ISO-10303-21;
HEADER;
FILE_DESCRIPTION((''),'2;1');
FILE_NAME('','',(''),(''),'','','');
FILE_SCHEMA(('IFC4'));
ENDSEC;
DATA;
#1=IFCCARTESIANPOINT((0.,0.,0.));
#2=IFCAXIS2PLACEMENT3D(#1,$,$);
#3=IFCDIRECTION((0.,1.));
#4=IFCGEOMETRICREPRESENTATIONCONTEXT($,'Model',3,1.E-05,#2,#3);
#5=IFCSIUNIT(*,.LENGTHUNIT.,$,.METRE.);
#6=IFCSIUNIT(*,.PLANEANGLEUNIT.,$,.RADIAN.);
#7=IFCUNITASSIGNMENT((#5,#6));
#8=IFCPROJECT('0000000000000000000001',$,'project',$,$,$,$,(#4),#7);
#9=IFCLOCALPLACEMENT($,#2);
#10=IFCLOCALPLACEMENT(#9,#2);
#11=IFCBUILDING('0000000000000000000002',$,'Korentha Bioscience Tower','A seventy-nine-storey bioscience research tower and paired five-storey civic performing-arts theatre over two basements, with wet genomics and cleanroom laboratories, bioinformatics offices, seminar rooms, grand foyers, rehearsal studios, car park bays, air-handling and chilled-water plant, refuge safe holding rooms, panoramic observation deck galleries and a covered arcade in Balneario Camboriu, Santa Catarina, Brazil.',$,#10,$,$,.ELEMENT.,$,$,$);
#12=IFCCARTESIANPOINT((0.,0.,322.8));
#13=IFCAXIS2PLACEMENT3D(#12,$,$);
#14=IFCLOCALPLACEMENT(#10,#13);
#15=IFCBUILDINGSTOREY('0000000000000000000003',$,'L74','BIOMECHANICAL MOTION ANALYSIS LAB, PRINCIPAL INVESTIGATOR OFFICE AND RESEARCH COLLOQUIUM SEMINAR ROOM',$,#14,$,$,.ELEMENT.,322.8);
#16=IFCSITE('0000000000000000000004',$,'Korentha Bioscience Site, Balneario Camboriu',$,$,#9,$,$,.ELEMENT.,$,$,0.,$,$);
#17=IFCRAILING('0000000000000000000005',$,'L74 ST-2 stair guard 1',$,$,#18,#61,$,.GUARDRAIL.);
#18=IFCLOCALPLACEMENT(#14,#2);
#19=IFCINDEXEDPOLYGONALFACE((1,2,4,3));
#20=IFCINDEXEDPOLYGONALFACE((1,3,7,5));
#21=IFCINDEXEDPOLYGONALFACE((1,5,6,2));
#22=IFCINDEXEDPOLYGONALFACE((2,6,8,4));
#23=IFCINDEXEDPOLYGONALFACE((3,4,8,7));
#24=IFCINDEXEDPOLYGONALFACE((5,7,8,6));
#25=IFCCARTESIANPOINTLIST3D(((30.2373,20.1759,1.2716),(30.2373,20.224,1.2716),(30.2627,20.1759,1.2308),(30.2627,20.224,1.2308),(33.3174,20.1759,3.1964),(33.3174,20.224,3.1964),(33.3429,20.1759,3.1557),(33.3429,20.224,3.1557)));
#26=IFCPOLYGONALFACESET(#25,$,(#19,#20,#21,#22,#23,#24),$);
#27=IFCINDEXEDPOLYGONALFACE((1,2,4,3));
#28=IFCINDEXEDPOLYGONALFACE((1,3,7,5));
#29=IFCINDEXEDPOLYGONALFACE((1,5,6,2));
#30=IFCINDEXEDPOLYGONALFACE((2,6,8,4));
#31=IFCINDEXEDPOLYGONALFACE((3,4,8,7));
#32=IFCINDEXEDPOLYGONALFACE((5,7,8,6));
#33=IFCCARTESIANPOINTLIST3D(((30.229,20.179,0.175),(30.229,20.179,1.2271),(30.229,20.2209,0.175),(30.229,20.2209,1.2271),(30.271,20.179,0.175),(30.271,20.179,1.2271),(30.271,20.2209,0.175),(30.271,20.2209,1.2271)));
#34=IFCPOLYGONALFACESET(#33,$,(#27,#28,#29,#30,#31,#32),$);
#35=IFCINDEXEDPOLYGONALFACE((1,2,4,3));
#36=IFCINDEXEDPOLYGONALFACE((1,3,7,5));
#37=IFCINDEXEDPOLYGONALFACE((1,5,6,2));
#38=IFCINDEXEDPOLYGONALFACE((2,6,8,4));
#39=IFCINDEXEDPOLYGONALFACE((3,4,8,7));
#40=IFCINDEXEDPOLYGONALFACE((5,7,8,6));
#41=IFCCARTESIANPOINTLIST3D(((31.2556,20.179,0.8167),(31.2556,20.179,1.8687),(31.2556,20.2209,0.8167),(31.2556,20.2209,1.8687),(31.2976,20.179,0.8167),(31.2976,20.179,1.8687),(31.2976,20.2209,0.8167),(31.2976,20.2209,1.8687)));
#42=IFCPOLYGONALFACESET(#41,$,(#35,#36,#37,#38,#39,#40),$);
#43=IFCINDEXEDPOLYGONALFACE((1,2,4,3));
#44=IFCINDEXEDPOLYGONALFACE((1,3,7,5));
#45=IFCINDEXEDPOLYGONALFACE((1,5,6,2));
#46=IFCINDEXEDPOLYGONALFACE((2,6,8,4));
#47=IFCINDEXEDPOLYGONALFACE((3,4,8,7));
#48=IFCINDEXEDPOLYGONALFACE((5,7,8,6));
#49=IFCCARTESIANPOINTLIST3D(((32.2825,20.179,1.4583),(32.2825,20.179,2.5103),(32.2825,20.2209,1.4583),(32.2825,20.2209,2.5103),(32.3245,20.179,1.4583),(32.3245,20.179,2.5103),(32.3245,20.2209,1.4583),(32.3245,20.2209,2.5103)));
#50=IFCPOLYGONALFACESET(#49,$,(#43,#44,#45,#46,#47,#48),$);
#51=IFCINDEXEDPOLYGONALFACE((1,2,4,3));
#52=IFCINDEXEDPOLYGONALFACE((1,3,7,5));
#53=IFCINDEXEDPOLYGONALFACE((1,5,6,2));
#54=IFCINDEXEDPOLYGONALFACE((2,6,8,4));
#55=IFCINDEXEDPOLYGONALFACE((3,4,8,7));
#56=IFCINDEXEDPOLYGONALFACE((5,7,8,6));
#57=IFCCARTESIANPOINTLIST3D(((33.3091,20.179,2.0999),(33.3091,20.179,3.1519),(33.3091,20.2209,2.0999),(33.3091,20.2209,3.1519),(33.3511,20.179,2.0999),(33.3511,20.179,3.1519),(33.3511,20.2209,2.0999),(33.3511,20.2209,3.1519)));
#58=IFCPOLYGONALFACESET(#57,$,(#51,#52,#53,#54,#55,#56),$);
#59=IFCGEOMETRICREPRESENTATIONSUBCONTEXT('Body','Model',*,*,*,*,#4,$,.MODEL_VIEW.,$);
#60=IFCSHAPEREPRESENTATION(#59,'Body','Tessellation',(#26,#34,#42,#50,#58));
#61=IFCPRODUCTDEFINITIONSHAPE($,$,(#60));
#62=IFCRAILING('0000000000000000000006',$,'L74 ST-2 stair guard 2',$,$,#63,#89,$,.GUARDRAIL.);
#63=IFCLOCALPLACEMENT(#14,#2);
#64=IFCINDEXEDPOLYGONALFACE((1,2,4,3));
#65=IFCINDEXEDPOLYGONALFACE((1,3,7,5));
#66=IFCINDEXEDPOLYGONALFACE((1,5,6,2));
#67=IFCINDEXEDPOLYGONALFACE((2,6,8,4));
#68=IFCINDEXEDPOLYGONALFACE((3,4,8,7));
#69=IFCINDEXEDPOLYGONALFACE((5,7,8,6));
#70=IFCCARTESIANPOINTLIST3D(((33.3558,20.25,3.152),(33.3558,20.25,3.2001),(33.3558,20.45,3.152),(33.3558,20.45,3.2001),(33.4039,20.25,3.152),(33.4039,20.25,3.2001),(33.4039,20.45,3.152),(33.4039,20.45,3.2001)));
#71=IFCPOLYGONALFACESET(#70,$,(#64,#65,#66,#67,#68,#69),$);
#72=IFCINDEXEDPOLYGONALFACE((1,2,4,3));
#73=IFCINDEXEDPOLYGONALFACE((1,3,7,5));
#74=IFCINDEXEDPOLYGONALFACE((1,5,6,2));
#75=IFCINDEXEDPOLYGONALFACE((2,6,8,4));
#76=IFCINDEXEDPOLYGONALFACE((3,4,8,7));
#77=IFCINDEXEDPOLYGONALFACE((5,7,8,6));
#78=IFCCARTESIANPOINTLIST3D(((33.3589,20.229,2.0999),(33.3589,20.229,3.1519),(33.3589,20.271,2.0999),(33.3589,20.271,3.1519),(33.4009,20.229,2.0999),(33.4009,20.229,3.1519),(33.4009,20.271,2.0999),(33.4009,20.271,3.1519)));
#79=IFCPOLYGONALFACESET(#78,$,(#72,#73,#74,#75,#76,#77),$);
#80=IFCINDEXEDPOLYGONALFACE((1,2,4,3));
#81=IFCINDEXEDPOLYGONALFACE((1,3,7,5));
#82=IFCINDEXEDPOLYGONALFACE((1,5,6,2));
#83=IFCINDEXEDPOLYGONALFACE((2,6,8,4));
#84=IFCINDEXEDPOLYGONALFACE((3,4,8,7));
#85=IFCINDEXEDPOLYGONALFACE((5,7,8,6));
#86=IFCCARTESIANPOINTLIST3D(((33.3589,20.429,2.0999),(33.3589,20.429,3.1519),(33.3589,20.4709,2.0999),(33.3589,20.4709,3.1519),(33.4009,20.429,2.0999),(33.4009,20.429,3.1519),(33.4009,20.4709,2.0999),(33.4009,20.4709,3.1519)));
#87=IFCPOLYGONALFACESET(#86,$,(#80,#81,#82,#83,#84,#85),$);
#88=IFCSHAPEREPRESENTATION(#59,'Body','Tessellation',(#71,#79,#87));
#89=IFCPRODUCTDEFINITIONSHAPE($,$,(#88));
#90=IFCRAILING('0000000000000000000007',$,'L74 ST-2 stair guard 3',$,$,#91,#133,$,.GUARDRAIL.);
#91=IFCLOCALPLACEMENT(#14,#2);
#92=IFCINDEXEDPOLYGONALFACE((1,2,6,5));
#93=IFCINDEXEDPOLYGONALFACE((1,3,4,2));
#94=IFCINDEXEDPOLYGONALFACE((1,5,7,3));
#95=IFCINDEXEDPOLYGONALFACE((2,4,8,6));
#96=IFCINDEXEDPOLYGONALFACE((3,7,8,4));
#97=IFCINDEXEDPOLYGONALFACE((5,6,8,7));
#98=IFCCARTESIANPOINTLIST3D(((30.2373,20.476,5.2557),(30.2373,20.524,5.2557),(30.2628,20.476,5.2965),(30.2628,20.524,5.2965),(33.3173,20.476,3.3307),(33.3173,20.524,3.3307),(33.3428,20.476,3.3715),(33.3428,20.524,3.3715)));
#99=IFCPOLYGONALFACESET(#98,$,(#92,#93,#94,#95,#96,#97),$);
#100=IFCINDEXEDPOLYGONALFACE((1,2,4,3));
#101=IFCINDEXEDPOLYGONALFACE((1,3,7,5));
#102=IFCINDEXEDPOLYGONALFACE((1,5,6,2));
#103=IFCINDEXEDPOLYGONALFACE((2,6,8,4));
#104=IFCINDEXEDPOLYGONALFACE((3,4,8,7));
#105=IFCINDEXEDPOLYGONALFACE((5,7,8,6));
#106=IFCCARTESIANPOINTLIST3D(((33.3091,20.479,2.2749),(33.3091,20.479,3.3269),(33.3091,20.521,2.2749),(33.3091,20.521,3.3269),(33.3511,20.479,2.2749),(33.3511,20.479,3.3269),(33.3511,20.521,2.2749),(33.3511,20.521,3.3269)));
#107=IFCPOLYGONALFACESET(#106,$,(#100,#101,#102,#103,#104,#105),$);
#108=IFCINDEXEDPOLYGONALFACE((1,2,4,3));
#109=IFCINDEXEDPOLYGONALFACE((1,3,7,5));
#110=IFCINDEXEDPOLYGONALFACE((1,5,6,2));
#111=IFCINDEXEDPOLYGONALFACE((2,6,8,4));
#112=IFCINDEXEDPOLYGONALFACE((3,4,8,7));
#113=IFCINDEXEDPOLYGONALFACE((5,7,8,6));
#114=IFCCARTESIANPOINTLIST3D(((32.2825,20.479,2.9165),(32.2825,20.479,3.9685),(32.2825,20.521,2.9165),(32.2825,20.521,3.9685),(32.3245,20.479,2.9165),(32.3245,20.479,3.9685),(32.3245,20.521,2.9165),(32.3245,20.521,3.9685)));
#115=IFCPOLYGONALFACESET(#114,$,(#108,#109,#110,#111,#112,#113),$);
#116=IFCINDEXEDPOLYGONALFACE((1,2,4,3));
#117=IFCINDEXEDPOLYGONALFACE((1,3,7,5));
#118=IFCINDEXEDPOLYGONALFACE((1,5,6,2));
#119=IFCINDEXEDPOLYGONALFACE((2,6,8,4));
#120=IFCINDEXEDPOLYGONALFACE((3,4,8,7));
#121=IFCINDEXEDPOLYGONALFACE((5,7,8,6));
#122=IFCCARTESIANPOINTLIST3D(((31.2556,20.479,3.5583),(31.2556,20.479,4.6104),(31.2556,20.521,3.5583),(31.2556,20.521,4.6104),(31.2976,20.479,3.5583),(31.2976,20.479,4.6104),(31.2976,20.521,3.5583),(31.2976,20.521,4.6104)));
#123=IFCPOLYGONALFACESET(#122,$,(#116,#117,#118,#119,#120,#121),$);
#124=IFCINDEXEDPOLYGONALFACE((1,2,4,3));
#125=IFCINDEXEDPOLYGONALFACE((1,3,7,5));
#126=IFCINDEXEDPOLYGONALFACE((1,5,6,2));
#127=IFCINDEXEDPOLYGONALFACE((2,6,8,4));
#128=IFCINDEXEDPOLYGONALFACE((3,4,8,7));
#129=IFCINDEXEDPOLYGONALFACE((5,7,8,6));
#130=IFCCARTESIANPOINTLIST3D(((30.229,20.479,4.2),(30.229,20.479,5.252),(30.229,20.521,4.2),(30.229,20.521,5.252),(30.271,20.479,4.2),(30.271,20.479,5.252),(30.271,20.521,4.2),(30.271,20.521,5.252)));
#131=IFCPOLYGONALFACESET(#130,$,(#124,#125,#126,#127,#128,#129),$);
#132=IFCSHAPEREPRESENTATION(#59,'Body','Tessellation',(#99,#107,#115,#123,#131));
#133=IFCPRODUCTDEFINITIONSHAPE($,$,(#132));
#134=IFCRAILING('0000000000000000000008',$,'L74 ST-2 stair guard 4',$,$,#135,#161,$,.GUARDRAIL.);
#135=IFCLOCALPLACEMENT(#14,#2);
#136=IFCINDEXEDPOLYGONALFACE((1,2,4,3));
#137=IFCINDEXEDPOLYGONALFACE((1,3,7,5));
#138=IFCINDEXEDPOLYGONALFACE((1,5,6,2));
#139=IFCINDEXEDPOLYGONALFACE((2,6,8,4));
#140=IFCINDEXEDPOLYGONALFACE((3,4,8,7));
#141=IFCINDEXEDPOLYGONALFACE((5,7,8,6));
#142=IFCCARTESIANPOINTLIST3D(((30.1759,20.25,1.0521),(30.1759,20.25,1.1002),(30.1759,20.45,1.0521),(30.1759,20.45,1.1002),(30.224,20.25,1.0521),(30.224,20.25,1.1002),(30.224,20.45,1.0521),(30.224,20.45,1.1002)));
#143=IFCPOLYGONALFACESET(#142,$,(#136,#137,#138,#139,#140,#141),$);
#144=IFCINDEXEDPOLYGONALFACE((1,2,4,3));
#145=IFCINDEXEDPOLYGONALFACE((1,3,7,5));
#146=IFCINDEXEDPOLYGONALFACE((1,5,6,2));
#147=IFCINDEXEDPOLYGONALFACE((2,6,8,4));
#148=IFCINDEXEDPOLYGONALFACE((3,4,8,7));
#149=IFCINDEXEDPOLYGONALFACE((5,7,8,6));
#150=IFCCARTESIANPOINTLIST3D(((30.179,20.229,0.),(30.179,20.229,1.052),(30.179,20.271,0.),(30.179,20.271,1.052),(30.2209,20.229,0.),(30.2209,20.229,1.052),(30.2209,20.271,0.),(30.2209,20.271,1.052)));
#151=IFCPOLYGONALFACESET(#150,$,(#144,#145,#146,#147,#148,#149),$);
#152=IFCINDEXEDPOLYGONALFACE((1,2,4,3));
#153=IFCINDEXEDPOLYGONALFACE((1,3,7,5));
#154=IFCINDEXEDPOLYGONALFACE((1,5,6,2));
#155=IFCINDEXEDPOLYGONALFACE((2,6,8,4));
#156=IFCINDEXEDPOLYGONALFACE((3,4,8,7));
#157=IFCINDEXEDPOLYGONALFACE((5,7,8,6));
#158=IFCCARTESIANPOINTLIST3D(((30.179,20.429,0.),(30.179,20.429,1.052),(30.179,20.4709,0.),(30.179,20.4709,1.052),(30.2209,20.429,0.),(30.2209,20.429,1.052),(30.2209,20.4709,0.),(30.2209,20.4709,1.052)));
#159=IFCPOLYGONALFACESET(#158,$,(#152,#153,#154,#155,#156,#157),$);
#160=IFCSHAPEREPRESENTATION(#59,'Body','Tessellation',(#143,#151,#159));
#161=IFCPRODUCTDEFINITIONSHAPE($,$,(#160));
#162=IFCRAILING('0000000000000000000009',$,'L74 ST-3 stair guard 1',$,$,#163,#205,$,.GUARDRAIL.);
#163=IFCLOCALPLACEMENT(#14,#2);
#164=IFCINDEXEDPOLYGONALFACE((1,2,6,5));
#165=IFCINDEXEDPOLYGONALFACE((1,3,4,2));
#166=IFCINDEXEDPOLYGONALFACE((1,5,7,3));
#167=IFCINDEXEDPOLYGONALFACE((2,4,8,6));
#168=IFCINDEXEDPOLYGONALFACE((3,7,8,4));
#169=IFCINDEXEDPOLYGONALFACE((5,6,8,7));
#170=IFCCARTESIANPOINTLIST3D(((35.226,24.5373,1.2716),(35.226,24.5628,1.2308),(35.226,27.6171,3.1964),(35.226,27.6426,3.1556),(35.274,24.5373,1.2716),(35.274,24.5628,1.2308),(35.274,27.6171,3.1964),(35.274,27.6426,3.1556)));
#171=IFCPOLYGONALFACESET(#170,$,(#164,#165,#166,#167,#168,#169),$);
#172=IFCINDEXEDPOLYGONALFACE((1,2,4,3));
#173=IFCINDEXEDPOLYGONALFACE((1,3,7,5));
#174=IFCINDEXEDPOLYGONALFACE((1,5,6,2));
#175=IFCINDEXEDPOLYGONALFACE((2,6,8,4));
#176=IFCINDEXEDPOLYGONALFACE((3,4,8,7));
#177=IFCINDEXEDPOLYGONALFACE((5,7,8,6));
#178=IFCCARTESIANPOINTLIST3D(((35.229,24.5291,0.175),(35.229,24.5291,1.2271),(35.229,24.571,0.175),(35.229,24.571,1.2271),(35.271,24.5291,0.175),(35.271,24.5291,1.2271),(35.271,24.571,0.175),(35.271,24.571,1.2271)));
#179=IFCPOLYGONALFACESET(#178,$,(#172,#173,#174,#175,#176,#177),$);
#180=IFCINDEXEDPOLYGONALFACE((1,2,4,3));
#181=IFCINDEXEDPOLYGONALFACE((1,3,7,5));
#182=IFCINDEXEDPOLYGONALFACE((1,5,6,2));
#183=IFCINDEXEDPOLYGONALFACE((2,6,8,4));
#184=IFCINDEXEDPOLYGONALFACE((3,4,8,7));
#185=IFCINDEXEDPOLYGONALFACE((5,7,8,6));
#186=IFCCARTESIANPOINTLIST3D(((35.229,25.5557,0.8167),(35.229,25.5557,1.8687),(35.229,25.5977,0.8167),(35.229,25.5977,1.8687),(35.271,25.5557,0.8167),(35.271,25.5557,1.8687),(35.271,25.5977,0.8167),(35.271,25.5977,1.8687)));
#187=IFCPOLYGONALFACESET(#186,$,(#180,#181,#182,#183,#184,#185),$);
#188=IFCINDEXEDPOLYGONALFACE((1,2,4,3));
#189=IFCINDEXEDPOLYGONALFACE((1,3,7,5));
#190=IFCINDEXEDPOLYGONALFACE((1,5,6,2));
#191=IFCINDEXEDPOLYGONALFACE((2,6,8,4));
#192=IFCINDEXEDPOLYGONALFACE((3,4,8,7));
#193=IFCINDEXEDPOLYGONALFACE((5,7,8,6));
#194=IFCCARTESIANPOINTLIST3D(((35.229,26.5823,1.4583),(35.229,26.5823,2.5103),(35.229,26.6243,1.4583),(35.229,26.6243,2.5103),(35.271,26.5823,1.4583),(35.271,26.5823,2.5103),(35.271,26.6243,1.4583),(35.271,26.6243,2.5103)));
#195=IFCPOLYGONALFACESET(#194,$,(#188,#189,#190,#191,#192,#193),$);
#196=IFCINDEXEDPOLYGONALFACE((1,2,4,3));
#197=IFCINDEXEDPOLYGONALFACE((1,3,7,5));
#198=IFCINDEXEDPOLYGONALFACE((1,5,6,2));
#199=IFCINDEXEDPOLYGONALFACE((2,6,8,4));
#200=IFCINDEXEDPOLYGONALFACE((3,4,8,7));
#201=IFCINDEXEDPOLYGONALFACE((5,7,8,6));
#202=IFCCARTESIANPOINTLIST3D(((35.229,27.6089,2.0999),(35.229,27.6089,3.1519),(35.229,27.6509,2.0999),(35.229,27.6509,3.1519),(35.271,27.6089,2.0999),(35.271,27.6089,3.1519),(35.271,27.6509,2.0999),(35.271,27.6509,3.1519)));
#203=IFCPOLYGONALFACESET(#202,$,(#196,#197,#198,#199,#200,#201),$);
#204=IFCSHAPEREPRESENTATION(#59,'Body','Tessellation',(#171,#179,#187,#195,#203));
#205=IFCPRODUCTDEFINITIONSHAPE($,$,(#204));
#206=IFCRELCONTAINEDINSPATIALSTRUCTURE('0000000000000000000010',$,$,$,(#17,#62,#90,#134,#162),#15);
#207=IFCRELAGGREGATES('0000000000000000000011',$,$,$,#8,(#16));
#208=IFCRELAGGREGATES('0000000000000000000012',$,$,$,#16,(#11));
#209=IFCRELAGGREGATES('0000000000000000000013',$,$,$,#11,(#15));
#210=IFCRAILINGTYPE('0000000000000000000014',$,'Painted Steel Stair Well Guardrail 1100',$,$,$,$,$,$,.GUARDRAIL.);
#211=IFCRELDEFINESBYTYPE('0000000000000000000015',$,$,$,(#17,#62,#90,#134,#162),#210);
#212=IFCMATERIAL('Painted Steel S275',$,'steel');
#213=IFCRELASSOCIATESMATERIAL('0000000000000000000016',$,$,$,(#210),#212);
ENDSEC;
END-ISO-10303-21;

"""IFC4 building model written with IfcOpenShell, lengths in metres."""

from ifc_helpers import new_model, si_unit, direction, frame, origin, origin_2d, place, context, subcontext, project, spatial, rectangle, extrude, material, type_object, element, save


model = new_model("IFC4")

# Units and contexts
model_context = context("Model", 3, precision=1e-05, world=origin(), true_north=direction((0.0, 1.0)))
body_context = subcontext(model_context, "Body", "Model", "MODEL_VIEW")
ifc_project = project(units=[si_unit("LENGTHUNIT", "METRE"), si_unit("PLANEANGLEUNIT", "RADIAN")], contexts=[model_context])

# Site, building, storey
site_placement = place(None, origin())
site = spatial("IfcSite", under=ifc_project, at=site_placement, Name="Korentha Bioscience Site, Balneario Camboriu", CompositionType="ELEMENT", RefElevation=0.0)
building_placement = place(site_placement, origin())
building = spatial("IfcBuilding", under=site, at=building_placement, Name="Korentha Bioscience Tower", Description="A seventy-nine-storey bioscience research tower and paired five-storey civic performing-arts theatre over two basements, with wet genomics and cleanroom laboratories, bioinformatics offices, seminar rooms, grand foyers, rehearsal studios, car park bays, air-handling and chilled-water plant, refuge safe holding rooms, panoramic observation deck galleries and a covered arcade in Balneario Camboriu, Santa Catarina, Brazil.", CompositionType="ELEMENT")
storey_placement = place(building_placement, frame((0.0, 0.0, 322.8)))
storey = spatial("IfcBuildingStorey", under=building, at=storey_placement, Name="L74", Description="BIOMECHANICAL MOTION ANALYSIS LAB, PRINCIPAL INVESTIGATOR OFFICE AND RESEARCH COLLOQUIUM SEMINAR ROOM", CompositionType="ELEMENT", Elevation=322.8)

# Railings
ifc_material_1 = material(Name="Painted Steel S275", Category="steel")
railing_type_1 = type_object("IfcRailingType", Name="Painted Steel Stair Well Guardrail 1100", PredefinedType="GUARDRAIL", material=ifc_material_1)
railing_1_placement = place(storey_placement, frame((30.25, 20.2, 0.175)))
element("IfcRailing", 1, at=railing_1_placement, inside=storey, type_object=railing_type_1, Name="L74 ST-2 stair guard 1", PredefinedType="GUARDRAIL", context=body_context, shape_type="SweptSolid", body=[
    extrude(rectangle(XDim=0.0481, YDim=0.0481, at=origin_2d()), frame((0.0, 0.0, 1.0762), z_axis=(0.848029, 0.0, 0.529951), x_axis=(0.0, 1.0, 0.0)), (0.0, 0.0, 1.0), 3.6321),
    extrude(rectangle(XDim=0.042, YDim=0.042, at=origin_2d()), origin(), (0.0, 0.0, 1.0), 1.052),
    extrude(rectangle(XDim=0.042, YDim=0.042, at=origin_2d()), frame((1.0266, 0.0, 0.6416)), (0.0, 0.0, 1.0), 1.052),
    extrude(rectangle(XDim=0.042, YDim=0.042, at=origin_2d()), frame((2.0535, 0.0, 1.2832)), (0.0, 0.0, 1.0), 1.052),
    extrude(rectangle(XDim=0.042, YDim=0.042, at=origin_2d()), frame((3.0801, 0.0, 1.9248)), (0.0, 0.0, 1.0), 1.052),
])
railing_2_placement = place(storey_placement, frame((33.3799, 20.25, 2.0999)))
element("IfcRailing", 2, at=railing_2_placement, inside=storey, type_object=railing_type_1, Name="L74 ST-2 stair guard 2", PredefinedType="GUARDRAIL", context=body_context, shape_type="SweptSolid", body=[
    extrude(rectangle(XDim=0.0481, YDim=0.0481, at=origin_2d()), frame((0.0, 0.0, 1.0762), z_axis=(0.0, 1.0, 0.0), x_axis=(-1.0, 0.0, 0.0)), (0.0, 0.0, 1.0), 0.2),
    extrude(rectangle(XDim=0.042, YDim=0.042, at=origin_2d()), origin(), (0.0, 0.0, 1.0), 1.052),
    extrude(rectangle(XDim=0.042, YDim=0.042, at=origin_2d()), frame((0.0, 0.2, 0.0)), (0.0, 0.0, 1.0), 1.052),
])
railing_3_placement = place(storey_placement, frame((33.3301, 20.5, 2.2749)))
element("IfcRailing", 3, at=railing_3_placement, inside=storey, type_object=railing_type_1, Name="L74 ST-2 stair guard 3", PredefinedType="GUARDRAIL", context=body_context, shape_type="SweptSolid", body=[
    extrude(rectangle(XDim=0.0481, YDim=0.0481, at=origin_2d()), frame((0.0, 0.0, 1.0762), z_axis=(-0.847998, 0.0, 0.529999), x_axis=(0.0, -1.0, 0.0)), (0.0, 0.0, 1.0), 3.6321),
    extrude(rectangle(XDim=0.042, YDim=0.042, at=origin_2d()), origin(), (0.0, 0.0, 1.0), 1.052),
    extrude(rectangle(XDim=0.042, YDim=0.042, at=origin_2d()), frame((-1.0266, 0.0, 0.6416)), (0.0, 0.0, 1.0), 1.052),
    extrude(rectangle(XDim=0.042, YDim=0.042, at=origin_2d()), frame((-2.0535, 0.0, 1.2834)), (0.0, 0.0, 1.0), 1.052),
    extrude(rectangle(XDim=0.042, YDim=0.042, at=origin_2d()), frame((-3.0801, 0.0, 1.925)), (0.0, 0.0, 1.0), 1.052),
])
railing_4_placement = place(storey_placement, frame((30.2, 20.25, 0.0)))
element("IfcRailing", 4, at=railing_4_placement, inside=storey, type_object=railing_type_1, Name="L74 ST-2 stair guard 4", PredefinedType="GUARDRAIL", context=body_context, shape_type="SweptSolid", body=[
    extrude(rectangle(XDim=0.0481, YDim=0.0481, at=origin_2d()), frame((0.0, 0.0, 1.0762), z_axis=(0.0, 1.0, 0.0), x_axis=(-1.0, 0.0, 0.0)), (0.0, 0.0, 1.0), 0.2),
    extrude(rectangle(XDim=0.042, YDim=0.042, at=origin_2d()), origin(), (0.0, 0.0, 1.0), 1.052),
    extrude(rectangle(XDim=0.042, YDim=0.042, at=origin_2d()), frame((0.0, 0.2, 0.0)), (0.0, 0.0, 1.0), 1.052),
])
railing_5_placement = place(storey_placement, frame((35.25, 24.55, 0.175)))
element("IfcRailing", 5, at=railing_5_placement, inside=storey, type_object=railing_type_1, Name="L74 ST-3 stair guard 1", PredefinedType="GUARDRAIL", context=body_context, shape_type="SweptSolid", body=[
    extrude(rectangle(XDim=0.0481, YDim=0.0481, at=origin_2d()), frame((0.0, 0.0, 1.0762), z_axis=(0.0, 0.84801, 0.529981), x_axis=(-1.0, 0.0, 0.0)), (0.0, 0.0, 1.0), 3.6318),
    extrude(rectangle(XDim=0.042, YDim=0.042, at=origin_2d()), origin(), (0.0, 0.0, 1.0), 1.052),
    extrude(rectangle(XDim=0.042, YDim=0.042, at=origin_2d()), frame((0.0, 1.0266, 0.6416)), (0.0, 0.0, 1.0), 1.052),
    extrude(rectangle(XDim=0.042, YDim=0.042, at=origin_2d()), frame((0.0, 2.0532, 1.2832)), (0.0, 0.0, 1.0), 1.052),
    extrude(rectangle(XDim=0.042, YDim=0.042, at=origin_2d()), frame((0.0, 3.0798, 1.9248)), (0.0, 0.0, 1.0), 1.052),
])

save(model, "model.ifc")
